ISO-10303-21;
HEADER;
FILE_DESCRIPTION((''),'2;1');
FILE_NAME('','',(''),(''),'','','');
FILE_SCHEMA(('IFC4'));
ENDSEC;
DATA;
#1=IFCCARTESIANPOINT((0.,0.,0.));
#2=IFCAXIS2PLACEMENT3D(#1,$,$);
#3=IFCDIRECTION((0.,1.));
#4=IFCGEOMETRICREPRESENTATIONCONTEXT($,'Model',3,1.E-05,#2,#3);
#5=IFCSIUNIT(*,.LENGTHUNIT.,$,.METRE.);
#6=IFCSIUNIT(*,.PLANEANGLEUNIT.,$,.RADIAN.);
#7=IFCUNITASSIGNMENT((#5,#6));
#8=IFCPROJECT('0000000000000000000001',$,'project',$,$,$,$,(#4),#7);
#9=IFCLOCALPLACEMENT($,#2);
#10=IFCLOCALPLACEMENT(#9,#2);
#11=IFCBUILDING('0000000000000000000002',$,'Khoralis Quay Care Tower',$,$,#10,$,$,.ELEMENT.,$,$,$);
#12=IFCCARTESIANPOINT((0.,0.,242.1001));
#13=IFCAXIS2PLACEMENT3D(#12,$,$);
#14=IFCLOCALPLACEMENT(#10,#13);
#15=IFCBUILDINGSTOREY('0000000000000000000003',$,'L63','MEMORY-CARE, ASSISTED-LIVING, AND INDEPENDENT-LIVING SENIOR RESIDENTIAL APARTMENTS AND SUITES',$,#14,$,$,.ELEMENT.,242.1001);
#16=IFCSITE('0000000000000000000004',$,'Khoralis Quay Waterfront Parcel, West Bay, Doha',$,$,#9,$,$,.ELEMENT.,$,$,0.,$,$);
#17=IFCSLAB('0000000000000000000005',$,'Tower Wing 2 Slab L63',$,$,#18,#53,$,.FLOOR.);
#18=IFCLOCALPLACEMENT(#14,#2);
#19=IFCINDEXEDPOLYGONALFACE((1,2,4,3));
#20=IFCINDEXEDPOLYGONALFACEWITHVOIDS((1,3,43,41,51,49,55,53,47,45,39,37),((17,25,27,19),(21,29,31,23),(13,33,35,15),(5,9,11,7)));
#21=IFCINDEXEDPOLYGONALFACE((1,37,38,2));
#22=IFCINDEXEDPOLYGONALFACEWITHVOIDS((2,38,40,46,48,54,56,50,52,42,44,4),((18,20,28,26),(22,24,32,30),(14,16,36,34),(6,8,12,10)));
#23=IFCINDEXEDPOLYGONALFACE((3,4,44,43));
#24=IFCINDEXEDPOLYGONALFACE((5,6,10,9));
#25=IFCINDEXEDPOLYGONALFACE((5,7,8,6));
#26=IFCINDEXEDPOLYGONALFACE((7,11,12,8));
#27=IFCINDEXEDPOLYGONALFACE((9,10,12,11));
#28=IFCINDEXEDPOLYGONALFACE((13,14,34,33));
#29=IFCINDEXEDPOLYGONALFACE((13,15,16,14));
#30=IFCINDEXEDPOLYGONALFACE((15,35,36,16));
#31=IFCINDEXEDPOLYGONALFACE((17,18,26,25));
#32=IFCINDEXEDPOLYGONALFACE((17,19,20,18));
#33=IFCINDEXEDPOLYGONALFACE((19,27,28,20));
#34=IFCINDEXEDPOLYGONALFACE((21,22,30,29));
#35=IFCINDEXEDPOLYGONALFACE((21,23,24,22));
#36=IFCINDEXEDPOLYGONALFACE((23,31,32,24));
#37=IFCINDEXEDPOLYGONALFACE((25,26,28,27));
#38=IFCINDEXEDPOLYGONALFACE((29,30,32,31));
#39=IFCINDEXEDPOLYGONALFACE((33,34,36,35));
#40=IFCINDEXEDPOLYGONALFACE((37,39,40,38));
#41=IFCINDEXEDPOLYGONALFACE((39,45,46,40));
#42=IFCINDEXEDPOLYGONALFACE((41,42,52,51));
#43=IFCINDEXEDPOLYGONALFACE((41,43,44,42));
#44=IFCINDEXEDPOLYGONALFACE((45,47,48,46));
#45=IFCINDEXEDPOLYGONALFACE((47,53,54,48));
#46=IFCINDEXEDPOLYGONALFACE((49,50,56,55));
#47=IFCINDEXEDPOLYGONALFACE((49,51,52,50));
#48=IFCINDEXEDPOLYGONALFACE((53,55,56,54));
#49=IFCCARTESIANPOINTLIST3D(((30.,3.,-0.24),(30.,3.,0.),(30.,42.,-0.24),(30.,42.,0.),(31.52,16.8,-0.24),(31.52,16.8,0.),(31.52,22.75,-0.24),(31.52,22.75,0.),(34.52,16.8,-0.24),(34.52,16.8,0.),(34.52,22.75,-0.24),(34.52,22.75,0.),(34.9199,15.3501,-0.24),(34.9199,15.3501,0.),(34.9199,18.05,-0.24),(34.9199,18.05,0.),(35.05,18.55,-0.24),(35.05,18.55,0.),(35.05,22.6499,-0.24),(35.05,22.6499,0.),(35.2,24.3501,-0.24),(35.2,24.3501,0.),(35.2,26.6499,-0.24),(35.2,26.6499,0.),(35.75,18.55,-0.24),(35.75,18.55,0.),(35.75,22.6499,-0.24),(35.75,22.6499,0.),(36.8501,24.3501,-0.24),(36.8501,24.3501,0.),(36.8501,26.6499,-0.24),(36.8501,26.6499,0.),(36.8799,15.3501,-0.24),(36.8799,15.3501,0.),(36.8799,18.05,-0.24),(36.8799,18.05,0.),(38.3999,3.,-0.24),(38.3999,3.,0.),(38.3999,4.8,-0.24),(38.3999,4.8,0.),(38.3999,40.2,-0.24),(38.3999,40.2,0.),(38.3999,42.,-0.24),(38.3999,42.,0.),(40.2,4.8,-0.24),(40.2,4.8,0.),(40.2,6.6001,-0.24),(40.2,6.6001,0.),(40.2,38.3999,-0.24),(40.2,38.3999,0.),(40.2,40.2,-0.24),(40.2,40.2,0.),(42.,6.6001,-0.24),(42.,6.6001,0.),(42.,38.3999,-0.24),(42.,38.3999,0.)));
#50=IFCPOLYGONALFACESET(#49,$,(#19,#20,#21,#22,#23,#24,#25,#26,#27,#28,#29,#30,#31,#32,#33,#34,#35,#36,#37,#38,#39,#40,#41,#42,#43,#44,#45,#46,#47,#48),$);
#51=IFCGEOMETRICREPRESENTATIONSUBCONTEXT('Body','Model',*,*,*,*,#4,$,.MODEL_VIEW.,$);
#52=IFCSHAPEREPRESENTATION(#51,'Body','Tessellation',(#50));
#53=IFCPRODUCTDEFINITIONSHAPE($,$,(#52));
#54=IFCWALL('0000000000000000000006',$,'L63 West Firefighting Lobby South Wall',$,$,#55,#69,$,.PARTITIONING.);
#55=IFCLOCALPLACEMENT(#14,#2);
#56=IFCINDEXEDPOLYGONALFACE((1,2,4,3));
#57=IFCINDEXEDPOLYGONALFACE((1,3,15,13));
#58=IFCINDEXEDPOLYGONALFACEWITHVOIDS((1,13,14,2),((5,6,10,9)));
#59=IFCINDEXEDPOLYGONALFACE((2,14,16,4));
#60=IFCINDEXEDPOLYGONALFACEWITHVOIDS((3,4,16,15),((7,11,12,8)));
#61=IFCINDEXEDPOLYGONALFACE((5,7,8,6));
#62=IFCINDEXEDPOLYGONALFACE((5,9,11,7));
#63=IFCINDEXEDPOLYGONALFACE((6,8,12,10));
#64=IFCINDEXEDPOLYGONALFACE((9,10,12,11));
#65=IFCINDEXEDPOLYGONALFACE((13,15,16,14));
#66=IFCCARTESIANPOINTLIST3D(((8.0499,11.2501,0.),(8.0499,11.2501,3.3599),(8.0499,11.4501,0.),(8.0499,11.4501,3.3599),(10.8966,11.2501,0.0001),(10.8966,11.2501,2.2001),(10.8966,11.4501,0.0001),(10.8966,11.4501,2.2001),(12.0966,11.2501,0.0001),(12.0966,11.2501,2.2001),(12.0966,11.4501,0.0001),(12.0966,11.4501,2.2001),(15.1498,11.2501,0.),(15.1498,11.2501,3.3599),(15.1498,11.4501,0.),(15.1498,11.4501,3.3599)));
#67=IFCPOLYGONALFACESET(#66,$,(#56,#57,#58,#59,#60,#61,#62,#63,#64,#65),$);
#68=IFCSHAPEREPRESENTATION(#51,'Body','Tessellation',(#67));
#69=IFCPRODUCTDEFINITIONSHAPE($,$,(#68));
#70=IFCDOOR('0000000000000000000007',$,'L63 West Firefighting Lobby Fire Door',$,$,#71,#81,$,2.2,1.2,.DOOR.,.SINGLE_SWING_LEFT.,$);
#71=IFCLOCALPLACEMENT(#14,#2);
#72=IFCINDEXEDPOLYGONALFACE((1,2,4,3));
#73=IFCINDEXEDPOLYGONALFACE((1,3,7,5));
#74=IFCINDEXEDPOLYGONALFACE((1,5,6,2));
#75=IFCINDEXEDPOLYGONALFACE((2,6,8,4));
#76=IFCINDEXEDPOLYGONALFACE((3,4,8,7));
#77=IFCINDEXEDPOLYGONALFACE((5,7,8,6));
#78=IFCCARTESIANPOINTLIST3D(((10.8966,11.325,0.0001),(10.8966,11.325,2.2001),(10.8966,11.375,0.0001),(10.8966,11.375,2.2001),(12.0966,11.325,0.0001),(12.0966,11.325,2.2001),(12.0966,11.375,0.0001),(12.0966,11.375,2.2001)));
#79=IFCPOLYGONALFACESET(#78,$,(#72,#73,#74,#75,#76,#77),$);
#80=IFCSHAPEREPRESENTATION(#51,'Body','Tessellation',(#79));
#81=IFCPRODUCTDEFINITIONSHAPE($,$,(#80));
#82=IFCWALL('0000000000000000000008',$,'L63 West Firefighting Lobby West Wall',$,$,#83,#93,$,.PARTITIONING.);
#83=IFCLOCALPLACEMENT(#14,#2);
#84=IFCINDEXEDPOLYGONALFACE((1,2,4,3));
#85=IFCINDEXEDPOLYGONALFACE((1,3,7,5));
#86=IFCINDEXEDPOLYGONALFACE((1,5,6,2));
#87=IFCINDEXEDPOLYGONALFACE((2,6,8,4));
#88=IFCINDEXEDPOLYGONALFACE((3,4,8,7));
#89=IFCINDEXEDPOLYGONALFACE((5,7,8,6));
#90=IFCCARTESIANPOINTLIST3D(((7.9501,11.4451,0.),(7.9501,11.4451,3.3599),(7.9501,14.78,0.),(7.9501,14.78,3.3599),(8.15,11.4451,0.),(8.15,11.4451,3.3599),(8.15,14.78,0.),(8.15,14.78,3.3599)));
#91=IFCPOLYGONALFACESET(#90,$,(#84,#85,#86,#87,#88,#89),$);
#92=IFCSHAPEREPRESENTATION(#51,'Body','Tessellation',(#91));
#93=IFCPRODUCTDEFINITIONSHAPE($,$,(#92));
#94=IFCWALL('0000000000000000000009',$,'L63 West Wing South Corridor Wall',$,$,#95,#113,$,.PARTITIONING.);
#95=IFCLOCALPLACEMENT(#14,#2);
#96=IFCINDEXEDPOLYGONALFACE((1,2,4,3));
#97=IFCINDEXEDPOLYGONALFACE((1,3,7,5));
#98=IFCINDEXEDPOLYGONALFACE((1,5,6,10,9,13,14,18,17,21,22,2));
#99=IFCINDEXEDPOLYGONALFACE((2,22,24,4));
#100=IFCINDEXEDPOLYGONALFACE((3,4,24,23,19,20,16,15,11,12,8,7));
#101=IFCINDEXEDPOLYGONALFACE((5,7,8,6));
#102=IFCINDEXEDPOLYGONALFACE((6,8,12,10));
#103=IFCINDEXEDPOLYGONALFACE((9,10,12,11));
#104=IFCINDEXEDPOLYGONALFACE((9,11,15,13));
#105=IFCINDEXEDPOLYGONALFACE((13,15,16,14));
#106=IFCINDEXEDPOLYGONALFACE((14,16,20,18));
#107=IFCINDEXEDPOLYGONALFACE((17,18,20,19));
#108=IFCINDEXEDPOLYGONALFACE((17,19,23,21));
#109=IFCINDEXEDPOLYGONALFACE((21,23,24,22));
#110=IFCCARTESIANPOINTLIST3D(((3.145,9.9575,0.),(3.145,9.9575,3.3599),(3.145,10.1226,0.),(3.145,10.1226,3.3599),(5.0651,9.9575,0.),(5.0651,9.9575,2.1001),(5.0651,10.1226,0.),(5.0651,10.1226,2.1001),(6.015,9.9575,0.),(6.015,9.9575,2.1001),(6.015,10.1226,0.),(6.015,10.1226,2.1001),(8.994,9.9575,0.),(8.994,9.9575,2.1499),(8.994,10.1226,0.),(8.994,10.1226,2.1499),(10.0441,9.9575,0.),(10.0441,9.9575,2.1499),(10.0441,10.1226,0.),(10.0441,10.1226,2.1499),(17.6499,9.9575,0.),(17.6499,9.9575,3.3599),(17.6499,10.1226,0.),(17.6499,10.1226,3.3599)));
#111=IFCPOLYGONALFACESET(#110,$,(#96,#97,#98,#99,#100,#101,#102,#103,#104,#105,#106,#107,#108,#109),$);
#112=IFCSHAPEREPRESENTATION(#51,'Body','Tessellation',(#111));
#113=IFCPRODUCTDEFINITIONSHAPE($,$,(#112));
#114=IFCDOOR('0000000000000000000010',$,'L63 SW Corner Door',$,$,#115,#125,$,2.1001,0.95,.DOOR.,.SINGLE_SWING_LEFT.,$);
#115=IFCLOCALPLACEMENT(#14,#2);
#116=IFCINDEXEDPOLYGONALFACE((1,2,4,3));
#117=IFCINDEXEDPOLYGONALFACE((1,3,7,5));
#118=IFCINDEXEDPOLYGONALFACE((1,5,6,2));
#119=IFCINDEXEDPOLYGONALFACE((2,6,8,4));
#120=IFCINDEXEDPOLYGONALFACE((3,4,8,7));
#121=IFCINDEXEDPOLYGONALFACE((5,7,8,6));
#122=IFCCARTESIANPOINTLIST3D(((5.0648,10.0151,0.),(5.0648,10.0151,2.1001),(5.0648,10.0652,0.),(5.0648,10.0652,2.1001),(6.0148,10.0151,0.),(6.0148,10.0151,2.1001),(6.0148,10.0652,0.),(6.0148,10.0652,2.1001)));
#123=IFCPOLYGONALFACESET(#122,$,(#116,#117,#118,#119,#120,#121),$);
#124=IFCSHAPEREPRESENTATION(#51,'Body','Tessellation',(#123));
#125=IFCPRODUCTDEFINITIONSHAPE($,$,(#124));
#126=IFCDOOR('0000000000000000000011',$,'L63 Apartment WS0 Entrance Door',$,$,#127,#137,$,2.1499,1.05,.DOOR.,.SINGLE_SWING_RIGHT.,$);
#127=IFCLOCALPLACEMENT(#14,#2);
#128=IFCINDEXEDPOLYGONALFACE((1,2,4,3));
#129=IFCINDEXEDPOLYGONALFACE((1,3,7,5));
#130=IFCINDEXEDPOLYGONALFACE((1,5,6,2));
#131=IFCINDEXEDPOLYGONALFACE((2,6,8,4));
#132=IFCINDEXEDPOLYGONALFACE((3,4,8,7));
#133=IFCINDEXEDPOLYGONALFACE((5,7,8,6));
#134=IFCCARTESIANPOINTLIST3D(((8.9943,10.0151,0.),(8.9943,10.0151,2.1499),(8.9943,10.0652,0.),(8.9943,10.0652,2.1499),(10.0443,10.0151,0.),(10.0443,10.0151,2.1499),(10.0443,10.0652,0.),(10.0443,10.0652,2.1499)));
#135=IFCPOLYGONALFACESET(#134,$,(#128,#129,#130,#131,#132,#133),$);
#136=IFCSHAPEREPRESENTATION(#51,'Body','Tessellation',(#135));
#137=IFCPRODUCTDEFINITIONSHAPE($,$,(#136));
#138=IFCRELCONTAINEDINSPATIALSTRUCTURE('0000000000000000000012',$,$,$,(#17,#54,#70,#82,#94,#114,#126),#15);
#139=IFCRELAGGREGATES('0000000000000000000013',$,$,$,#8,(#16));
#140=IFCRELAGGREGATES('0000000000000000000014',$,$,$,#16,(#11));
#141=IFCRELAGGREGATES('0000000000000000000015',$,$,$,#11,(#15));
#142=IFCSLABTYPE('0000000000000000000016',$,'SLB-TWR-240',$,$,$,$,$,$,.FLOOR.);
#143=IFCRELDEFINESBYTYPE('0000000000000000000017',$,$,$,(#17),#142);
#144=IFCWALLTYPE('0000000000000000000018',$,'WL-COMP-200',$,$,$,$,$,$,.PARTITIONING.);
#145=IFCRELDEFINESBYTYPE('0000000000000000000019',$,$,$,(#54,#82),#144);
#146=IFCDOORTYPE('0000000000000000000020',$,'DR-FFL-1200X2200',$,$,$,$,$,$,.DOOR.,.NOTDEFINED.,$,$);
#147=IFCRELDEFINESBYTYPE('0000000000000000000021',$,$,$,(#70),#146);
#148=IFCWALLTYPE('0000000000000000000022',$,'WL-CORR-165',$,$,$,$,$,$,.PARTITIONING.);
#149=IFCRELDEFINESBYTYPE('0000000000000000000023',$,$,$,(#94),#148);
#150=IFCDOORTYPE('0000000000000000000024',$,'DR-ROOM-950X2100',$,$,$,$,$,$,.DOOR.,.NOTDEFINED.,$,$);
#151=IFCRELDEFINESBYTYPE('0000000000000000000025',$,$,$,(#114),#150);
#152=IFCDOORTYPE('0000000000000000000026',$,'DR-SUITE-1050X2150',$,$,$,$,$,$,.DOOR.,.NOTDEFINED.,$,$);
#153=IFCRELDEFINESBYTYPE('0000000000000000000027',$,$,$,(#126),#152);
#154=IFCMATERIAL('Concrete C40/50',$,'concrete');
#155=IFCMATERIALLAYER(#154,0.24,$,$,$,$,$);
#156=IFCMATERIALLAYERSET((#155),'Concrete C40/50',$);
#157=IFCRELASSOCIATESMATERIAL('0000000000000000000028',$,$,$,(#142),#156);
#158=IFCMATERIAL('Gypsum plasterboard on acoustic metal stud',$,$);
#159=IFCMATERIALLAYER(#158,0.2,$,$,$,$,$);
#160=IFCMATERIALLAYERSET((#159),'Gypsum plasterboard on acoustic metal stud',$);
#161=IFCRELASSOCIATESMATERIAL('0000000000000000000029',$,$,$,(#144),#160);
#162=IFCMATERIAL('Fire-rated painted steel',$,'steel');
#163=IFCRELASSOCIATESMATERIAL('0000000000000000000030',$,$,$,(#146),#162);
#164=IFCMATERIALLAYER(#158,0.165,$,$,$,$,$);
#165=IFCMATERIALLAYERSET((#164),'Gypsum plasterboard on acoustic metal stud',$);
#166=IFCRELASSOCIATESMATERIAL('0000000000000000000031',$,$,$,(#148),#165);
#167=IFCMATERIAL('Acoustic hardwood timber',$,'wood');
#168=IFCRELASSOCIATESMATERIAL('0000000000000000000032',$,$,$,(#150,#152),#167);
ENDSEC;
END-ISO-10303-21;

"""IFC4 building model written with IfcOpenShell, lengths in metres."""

from ifc_helpers import new_model, si_unit, direction, frame, frame_2d, origin, place, context, subcontext, project, spatial, polyline, rectangle, outline, extrude, source, transform, mapped, material, layer, layer_set, type_object, element, fill, save


model = new_model("IFC4")

# Units and contexts
model_context = context("Model", 3, precision=1e-05, world=origin(), true_north=direction((0.0, 1.0)))
body_context = subcontext(model_context, "Body", "Model", "MODEL_VIEW")
ifc_project = project(units=[si_unit("LENGTHUNIT", "METRE"), si_unit("PLANEANGLEUNIT", "RADIAN")], contexts=[model_context])

# Site, building, storey
site_placement = place(None, origin())
site = spatial("IfcSite", under=ifc_project, at=site_placement, Name="Khoralis Quay Waterfront Parcel, West Bay, Doha", CompositionType="ELEMENT", RefElevation=0.0)
building_placement = place(site_placement, origin())
building = spatial("IfcBuilding", under=site, at=building_placement, Name="Khoralis Quay Care Tower", CompositionType="ELEMENT")
storey_placement = place(building_placement, frame((0.0, 0.0, 242.1001)))
storey = spatial("IfcBuildingStorey", under=building, at=storey_placement, Name="L63", Description="MEMORY-CARE, ASSISTED-LIVING, AND INDEPENDENT-LIVING SENIOR RESIDENTIAL APARTMENTS AND SUITES", CompositionType="ELEMENT", Elevation=242.1001)

# Slab
ifc_material_1 = material(Name="Concrete C40/50", Category="concrete")
ifc_layer_1 = layer(ifc_material_1, 0.24)
ifc_layer_set_1 = layer_set([ifc_layer_1], Name="Concrete C40/50")
slab_type_1 = type_object("IfcSlabType", Name="SLB-TWR-240", PredefinedType="FLOOR", material=ifc_layer_set_1)
slab_1_placement = place(storey_placement, frame((0.0, 0.0, -0.24)))
element("IfcSlab", 1, at=slab_1_placement, inside=storey, type_object=slab_type_1, Name="Tower Wing 2 Slab L63", PredefinedType="FLOOR", context=body_context, shape_type="SweptSolid", body=[
    extrude(outline(polyline([(30.0, 3.0), (38.3999, 3.0), (38.3999, 4.8), (40.2, 4.8), (40.2, 6.6001), (42.0, 6.6001), (42.0, 38.3999), (40.2, 38.3999), (40.2, 40.2), (38.3999, 40.2), (38.3999, 42.0), (30.0, 42.0), (30.0, 3.0)]), holes=[polyline([(34.52, 16.8), (34.52, 22.75), (31.52, 22.75), (31.52, 16.8), (34.52, 16.8)]), polyline([(34.9199, 15.3501), (36.8799, 15.3501), (36.8799, 18.05), (34.9199, 18.05), (34.9199, 15.3501)]), polyline([(35.2, 24.3501), (36.8501, 24.3501), (36.8501, 26.6499), (35.2, 26.6499), (35.2, 24.3501)]), polyline([(35.05, 18.55), (35.75, 18.55), (35.75, 22.6499), (35.05, 22.6499), (35.05, 18.55)])]), origin(), (0.0, 0.0, 1.0), 0.24),
])

# Wall, opening, door
ifc_material_2 = material(Name="Gypsum plasterboard on acoustic metal stud")
ifc_layer_2 = layer(ifc_material_2, 0.2)
ifc_layer_set_2 = layer_set([ifc_layer_2], Name="Gypsum plasterboard on acoustic metal stud")
wall_type_1 = type_object("IfcWallType", Name="WL-COMP-200", PredefinedType="PARTITIONING", material=ifc_layer_set_2)
wall_1_placement = place(storey_placement, frame((8.05, 11.3501, 0.0), z_axis=(0.0, 0.0, 1.0), x_axis=(1.0, 0.0, 0.0)))
wall_1 = element("IfcWall", 2, at=wall_1_placement, inside=storey, type_object=wall_type_1, Name="L63 West Firefighting Lobby South Wall", PredefinedType="PARTITIONING", context=body_context, shape_type="SweptSolid", body=[
    extrude(rectangle(XDim=7.0999, YDim=0.2, at=frame_2d((3.5498, 0.0))), origin(), (0.0, 0.0, 1.0), 3.3599),
])
opening_1_placement = place(wall_1_placement, frame((2.8464, 0.0, 0.0)))
opening_1 = element("IfcOpeningElement", 3, at=opening_1_placement, cuts=wall_1, PredefinedType="OPENING", context=body_context, shape_type="SweptSolid", body=[
    extrude(rectangle(XDim=1.2, YDim=2.2, at=frame_2d((0.6001, 1.1001))), frame((0.0, 0.1099, 0.0), z_axis=(0.0, -1.0, 0.0), x_axis=(1.0, 0.0, 0.0)), (0.0, 0.0, 1.0), 0.22),
])
ifc_material_3 = material(Name="Fire-rated painted steel", Category="steel")
door_type_1 = type_object("IfcDoorType", Name="DR-FFL-1200X2200", OperationType="NOTDEFINED", PredefinedType="DOOR", material=ifc_material_3)
shared_shape_1 = source(origin(), body_context, "Body", "SweptSolid", [
    extrude(rectangle(XDim=1.2, YDim=2.2, at=frame_2d((0.6001, 1.1001))), frame((0.0, 0.0249, 0.0), z_axis=(0.0, -1.0, 0.0), x_axis=(1.0, 0.0, 0.0)), (0.0, 0.0, 1.0), 0.05),
])
door_1_placement = place(opening_1_placement, origin())
door_1 = element("IfcDoor", 4, at=door_1_placement, inside=storey, type_object=door_type_1, Name="L63 West Firefighting Lobby Fire Door", OperationType="SINGLE_SWING_LEFT", OverallHeight=2.2, OverallWidth=1.2, PredefinedType="DOOR", context=body_context, shape_type="MappedRepresentation", body=[
    mapped(shared_shape_1, transform((0.0, 0.0, 0.0), scale=1.0)),
])
fill(opening_1, door_1)

# Wall
wall_2_placement = place(storey_placement, frame((8.05, 11.4451, 0.0), z_axis=(0.0, 0.0, 1.0), x_axis=(0.0, 1.0, 0.0)))
element("IfcWall", 5, at=wall_2_placement, inside=storey, type_object=wall_type_1, Name="L63 West Firefighting Lobby West Wall", PredefinedType="PARTITIONING", context=body_context, shape_type="SweptSolid", body=[
    extrude(rectangle(XDim=3.335, YDim=0.2, at=frame_2d((1.6675, 0.0))), origin(), (0.0, 0.0, 1.0), 3.3599),
])

# Wall, openings, doors
ifc_layer_3 = layer(ifc_material_2, 0.165)
ifc_layer_set_3 = layer_set([ifc_layer_3], Name="Gypsum plasterboard on acoustic metal stud")
wall_type_2 = type_object("IfcWallType", Name="WL-CORR-165", PredefinedType="PARTITIONING", material=ifc_layer_set_3)
wall_3_placement = place(storey_placement, frame((3.145, 10.04, 0.0), z_axis=(0.0, 0.0, 1.0), x_axis=(1.0, 0.0, 0.0)))
wall_3 = element("IfcWall", 6, at=wall_3_placement, inside=storey, type_object=wall_type_2, Name="L63 West Wing South Corridor Wall", PredefinedType="PARTITIONING", context=body_context, shape_type="SweptSolid", body=[
    extrude(rectangle(XDim=14.5049, YDim=0.165, at=frame_2d((7.2524, 0.0))), origin(), (0.0, 0.0, 1.0), 3.3599),
])
opening_2_placement = place(wall_3_placement, frame((5.8491, 0.0, 0.0)))
opening_2 = element("IfcOpeningElement", 7, at=opening_2_placement, cuts=wall_3, PredefinedType="OPENING", context=body_context, shape_type="SweptSolid", body=[
    extrude(rectangle(XDim=1.05, YDim=2.1499, at=frame_2d((0.5249, 1.075))), frame((0.0, 0.0925, 0.0), z_axis=(0.0, -1.0, 0.0), x_axis=(1.0, 0.0, 0.0)), (0.0, 0.0, 1.0), 0.1851),
])
opening_3_placement = place(wall_3_placement, frame((1.9199, 0.0, 0.0)))
opening_3 = element("IfcOpeningElement", 8, at=opening_3_placement, cuts=wall_3, PredefinedType="OPENING", context=body_context, shape_type="SweptSolid", body=[
    extrude(rectangle(XDim=0.95, YDim=2.1001, at=frame_2d((0.4751, 1.05))), frame((0.0, 0.0925, 0.0), z_axis=(0.0, -1.0, 0.0), x_axis=(1.0, 0.0, 0.0)), (0.0, 0.0, 1.0), 0.1851),
])
ifc_material_4 = material(Name="Acoustic hardwood timber", Category="wood")
door_type_2 = type_object("IfcDoorType", Name="DR-ROOM-950X2100", OperationType="NOTDEFINED", PredefinedType="DOOR", material=ifc_material_4)
shared_shape_2 = source(origin(), body_context, "Body", "SweptSolid", [
    extrude(rectangle(XDim=0.95, YDim=2.1001, at=frame_2d((0.4751, 1.05))), frame((0.0, 0.0249, 0.0), z_axis=(0.0, -1.0, 0.0), x_axis=(1.0, 0.0, 0.0)), (0.0, 0.0, 1.0), 0.05),
])
door_2_placement = place(opening_3_placement, frame((0.95, 0.0, 0.0), z_axis=(0.0, 0.0, 1.0), x_axis=(-1.0, 0.0, 0.0)))
door_2 = element("IfcDoor", 9, at=door_2_placement, inside=storey, type_object=door_type_2, Name="L63 SW Corner Door", OperationType="SINGLE_SWING_LEFT", OverallHeight=2.1001, OverallWidth=0.95, PredefinedType="DOOR", context=body_context, shape_type="MappedRepresentation", body=[
    mapped(shared_shape_2, transform((0.0, 0.0, 0.0), scale=1.0)),
])
fill(opening_3, door_2)
door_type_3 = type_object("IfcDoorType", Name="DR-SUITE-1050X2150", OperationType="NOTDEFINED", PredefinedType="DOOR", material=ifc_material_4)
shared_shape_3 = source(origin(), body_context, "Body", "SweptSolid", [
    extrude(rectangle(XDim=1.05, YDim=2.1499, at=frame_2d((0.5249, 1.075))), frame((0.0, 0.0249, 0.0), z_axis=(0.0, -1.0, 0.0), x_axis=(1.0, 0.0, 0.0)), (0.0, 0.0, 1.0), 0.05),
])
door_3_placement = place(opening_2_placement, frame((1.05, 0.0, 0.0), z_axis=(0.0, 0.0, 1.0), x_axis=(-1.0, 0.0, 0.0)))
door_3 = element("IfcDoor", 10, at=door_3_placement, inside=storey, type_object=door_type_3, Name="L63 Apartment WS0 Entrance Door", OperationType="SINGLE_SWING_RIGHT", OverallHeight=2.1499, OverallWidth=1.05, PredefinedType="DOOR", context=body_context, shape_type="MappedRepresentation", body=[
    mapped(shared_shape_3, transform((0.0, 0.0, 0.0), scale=1.0)),
])
fill(opening_2, door_3)

save(model, "model.ifc")
